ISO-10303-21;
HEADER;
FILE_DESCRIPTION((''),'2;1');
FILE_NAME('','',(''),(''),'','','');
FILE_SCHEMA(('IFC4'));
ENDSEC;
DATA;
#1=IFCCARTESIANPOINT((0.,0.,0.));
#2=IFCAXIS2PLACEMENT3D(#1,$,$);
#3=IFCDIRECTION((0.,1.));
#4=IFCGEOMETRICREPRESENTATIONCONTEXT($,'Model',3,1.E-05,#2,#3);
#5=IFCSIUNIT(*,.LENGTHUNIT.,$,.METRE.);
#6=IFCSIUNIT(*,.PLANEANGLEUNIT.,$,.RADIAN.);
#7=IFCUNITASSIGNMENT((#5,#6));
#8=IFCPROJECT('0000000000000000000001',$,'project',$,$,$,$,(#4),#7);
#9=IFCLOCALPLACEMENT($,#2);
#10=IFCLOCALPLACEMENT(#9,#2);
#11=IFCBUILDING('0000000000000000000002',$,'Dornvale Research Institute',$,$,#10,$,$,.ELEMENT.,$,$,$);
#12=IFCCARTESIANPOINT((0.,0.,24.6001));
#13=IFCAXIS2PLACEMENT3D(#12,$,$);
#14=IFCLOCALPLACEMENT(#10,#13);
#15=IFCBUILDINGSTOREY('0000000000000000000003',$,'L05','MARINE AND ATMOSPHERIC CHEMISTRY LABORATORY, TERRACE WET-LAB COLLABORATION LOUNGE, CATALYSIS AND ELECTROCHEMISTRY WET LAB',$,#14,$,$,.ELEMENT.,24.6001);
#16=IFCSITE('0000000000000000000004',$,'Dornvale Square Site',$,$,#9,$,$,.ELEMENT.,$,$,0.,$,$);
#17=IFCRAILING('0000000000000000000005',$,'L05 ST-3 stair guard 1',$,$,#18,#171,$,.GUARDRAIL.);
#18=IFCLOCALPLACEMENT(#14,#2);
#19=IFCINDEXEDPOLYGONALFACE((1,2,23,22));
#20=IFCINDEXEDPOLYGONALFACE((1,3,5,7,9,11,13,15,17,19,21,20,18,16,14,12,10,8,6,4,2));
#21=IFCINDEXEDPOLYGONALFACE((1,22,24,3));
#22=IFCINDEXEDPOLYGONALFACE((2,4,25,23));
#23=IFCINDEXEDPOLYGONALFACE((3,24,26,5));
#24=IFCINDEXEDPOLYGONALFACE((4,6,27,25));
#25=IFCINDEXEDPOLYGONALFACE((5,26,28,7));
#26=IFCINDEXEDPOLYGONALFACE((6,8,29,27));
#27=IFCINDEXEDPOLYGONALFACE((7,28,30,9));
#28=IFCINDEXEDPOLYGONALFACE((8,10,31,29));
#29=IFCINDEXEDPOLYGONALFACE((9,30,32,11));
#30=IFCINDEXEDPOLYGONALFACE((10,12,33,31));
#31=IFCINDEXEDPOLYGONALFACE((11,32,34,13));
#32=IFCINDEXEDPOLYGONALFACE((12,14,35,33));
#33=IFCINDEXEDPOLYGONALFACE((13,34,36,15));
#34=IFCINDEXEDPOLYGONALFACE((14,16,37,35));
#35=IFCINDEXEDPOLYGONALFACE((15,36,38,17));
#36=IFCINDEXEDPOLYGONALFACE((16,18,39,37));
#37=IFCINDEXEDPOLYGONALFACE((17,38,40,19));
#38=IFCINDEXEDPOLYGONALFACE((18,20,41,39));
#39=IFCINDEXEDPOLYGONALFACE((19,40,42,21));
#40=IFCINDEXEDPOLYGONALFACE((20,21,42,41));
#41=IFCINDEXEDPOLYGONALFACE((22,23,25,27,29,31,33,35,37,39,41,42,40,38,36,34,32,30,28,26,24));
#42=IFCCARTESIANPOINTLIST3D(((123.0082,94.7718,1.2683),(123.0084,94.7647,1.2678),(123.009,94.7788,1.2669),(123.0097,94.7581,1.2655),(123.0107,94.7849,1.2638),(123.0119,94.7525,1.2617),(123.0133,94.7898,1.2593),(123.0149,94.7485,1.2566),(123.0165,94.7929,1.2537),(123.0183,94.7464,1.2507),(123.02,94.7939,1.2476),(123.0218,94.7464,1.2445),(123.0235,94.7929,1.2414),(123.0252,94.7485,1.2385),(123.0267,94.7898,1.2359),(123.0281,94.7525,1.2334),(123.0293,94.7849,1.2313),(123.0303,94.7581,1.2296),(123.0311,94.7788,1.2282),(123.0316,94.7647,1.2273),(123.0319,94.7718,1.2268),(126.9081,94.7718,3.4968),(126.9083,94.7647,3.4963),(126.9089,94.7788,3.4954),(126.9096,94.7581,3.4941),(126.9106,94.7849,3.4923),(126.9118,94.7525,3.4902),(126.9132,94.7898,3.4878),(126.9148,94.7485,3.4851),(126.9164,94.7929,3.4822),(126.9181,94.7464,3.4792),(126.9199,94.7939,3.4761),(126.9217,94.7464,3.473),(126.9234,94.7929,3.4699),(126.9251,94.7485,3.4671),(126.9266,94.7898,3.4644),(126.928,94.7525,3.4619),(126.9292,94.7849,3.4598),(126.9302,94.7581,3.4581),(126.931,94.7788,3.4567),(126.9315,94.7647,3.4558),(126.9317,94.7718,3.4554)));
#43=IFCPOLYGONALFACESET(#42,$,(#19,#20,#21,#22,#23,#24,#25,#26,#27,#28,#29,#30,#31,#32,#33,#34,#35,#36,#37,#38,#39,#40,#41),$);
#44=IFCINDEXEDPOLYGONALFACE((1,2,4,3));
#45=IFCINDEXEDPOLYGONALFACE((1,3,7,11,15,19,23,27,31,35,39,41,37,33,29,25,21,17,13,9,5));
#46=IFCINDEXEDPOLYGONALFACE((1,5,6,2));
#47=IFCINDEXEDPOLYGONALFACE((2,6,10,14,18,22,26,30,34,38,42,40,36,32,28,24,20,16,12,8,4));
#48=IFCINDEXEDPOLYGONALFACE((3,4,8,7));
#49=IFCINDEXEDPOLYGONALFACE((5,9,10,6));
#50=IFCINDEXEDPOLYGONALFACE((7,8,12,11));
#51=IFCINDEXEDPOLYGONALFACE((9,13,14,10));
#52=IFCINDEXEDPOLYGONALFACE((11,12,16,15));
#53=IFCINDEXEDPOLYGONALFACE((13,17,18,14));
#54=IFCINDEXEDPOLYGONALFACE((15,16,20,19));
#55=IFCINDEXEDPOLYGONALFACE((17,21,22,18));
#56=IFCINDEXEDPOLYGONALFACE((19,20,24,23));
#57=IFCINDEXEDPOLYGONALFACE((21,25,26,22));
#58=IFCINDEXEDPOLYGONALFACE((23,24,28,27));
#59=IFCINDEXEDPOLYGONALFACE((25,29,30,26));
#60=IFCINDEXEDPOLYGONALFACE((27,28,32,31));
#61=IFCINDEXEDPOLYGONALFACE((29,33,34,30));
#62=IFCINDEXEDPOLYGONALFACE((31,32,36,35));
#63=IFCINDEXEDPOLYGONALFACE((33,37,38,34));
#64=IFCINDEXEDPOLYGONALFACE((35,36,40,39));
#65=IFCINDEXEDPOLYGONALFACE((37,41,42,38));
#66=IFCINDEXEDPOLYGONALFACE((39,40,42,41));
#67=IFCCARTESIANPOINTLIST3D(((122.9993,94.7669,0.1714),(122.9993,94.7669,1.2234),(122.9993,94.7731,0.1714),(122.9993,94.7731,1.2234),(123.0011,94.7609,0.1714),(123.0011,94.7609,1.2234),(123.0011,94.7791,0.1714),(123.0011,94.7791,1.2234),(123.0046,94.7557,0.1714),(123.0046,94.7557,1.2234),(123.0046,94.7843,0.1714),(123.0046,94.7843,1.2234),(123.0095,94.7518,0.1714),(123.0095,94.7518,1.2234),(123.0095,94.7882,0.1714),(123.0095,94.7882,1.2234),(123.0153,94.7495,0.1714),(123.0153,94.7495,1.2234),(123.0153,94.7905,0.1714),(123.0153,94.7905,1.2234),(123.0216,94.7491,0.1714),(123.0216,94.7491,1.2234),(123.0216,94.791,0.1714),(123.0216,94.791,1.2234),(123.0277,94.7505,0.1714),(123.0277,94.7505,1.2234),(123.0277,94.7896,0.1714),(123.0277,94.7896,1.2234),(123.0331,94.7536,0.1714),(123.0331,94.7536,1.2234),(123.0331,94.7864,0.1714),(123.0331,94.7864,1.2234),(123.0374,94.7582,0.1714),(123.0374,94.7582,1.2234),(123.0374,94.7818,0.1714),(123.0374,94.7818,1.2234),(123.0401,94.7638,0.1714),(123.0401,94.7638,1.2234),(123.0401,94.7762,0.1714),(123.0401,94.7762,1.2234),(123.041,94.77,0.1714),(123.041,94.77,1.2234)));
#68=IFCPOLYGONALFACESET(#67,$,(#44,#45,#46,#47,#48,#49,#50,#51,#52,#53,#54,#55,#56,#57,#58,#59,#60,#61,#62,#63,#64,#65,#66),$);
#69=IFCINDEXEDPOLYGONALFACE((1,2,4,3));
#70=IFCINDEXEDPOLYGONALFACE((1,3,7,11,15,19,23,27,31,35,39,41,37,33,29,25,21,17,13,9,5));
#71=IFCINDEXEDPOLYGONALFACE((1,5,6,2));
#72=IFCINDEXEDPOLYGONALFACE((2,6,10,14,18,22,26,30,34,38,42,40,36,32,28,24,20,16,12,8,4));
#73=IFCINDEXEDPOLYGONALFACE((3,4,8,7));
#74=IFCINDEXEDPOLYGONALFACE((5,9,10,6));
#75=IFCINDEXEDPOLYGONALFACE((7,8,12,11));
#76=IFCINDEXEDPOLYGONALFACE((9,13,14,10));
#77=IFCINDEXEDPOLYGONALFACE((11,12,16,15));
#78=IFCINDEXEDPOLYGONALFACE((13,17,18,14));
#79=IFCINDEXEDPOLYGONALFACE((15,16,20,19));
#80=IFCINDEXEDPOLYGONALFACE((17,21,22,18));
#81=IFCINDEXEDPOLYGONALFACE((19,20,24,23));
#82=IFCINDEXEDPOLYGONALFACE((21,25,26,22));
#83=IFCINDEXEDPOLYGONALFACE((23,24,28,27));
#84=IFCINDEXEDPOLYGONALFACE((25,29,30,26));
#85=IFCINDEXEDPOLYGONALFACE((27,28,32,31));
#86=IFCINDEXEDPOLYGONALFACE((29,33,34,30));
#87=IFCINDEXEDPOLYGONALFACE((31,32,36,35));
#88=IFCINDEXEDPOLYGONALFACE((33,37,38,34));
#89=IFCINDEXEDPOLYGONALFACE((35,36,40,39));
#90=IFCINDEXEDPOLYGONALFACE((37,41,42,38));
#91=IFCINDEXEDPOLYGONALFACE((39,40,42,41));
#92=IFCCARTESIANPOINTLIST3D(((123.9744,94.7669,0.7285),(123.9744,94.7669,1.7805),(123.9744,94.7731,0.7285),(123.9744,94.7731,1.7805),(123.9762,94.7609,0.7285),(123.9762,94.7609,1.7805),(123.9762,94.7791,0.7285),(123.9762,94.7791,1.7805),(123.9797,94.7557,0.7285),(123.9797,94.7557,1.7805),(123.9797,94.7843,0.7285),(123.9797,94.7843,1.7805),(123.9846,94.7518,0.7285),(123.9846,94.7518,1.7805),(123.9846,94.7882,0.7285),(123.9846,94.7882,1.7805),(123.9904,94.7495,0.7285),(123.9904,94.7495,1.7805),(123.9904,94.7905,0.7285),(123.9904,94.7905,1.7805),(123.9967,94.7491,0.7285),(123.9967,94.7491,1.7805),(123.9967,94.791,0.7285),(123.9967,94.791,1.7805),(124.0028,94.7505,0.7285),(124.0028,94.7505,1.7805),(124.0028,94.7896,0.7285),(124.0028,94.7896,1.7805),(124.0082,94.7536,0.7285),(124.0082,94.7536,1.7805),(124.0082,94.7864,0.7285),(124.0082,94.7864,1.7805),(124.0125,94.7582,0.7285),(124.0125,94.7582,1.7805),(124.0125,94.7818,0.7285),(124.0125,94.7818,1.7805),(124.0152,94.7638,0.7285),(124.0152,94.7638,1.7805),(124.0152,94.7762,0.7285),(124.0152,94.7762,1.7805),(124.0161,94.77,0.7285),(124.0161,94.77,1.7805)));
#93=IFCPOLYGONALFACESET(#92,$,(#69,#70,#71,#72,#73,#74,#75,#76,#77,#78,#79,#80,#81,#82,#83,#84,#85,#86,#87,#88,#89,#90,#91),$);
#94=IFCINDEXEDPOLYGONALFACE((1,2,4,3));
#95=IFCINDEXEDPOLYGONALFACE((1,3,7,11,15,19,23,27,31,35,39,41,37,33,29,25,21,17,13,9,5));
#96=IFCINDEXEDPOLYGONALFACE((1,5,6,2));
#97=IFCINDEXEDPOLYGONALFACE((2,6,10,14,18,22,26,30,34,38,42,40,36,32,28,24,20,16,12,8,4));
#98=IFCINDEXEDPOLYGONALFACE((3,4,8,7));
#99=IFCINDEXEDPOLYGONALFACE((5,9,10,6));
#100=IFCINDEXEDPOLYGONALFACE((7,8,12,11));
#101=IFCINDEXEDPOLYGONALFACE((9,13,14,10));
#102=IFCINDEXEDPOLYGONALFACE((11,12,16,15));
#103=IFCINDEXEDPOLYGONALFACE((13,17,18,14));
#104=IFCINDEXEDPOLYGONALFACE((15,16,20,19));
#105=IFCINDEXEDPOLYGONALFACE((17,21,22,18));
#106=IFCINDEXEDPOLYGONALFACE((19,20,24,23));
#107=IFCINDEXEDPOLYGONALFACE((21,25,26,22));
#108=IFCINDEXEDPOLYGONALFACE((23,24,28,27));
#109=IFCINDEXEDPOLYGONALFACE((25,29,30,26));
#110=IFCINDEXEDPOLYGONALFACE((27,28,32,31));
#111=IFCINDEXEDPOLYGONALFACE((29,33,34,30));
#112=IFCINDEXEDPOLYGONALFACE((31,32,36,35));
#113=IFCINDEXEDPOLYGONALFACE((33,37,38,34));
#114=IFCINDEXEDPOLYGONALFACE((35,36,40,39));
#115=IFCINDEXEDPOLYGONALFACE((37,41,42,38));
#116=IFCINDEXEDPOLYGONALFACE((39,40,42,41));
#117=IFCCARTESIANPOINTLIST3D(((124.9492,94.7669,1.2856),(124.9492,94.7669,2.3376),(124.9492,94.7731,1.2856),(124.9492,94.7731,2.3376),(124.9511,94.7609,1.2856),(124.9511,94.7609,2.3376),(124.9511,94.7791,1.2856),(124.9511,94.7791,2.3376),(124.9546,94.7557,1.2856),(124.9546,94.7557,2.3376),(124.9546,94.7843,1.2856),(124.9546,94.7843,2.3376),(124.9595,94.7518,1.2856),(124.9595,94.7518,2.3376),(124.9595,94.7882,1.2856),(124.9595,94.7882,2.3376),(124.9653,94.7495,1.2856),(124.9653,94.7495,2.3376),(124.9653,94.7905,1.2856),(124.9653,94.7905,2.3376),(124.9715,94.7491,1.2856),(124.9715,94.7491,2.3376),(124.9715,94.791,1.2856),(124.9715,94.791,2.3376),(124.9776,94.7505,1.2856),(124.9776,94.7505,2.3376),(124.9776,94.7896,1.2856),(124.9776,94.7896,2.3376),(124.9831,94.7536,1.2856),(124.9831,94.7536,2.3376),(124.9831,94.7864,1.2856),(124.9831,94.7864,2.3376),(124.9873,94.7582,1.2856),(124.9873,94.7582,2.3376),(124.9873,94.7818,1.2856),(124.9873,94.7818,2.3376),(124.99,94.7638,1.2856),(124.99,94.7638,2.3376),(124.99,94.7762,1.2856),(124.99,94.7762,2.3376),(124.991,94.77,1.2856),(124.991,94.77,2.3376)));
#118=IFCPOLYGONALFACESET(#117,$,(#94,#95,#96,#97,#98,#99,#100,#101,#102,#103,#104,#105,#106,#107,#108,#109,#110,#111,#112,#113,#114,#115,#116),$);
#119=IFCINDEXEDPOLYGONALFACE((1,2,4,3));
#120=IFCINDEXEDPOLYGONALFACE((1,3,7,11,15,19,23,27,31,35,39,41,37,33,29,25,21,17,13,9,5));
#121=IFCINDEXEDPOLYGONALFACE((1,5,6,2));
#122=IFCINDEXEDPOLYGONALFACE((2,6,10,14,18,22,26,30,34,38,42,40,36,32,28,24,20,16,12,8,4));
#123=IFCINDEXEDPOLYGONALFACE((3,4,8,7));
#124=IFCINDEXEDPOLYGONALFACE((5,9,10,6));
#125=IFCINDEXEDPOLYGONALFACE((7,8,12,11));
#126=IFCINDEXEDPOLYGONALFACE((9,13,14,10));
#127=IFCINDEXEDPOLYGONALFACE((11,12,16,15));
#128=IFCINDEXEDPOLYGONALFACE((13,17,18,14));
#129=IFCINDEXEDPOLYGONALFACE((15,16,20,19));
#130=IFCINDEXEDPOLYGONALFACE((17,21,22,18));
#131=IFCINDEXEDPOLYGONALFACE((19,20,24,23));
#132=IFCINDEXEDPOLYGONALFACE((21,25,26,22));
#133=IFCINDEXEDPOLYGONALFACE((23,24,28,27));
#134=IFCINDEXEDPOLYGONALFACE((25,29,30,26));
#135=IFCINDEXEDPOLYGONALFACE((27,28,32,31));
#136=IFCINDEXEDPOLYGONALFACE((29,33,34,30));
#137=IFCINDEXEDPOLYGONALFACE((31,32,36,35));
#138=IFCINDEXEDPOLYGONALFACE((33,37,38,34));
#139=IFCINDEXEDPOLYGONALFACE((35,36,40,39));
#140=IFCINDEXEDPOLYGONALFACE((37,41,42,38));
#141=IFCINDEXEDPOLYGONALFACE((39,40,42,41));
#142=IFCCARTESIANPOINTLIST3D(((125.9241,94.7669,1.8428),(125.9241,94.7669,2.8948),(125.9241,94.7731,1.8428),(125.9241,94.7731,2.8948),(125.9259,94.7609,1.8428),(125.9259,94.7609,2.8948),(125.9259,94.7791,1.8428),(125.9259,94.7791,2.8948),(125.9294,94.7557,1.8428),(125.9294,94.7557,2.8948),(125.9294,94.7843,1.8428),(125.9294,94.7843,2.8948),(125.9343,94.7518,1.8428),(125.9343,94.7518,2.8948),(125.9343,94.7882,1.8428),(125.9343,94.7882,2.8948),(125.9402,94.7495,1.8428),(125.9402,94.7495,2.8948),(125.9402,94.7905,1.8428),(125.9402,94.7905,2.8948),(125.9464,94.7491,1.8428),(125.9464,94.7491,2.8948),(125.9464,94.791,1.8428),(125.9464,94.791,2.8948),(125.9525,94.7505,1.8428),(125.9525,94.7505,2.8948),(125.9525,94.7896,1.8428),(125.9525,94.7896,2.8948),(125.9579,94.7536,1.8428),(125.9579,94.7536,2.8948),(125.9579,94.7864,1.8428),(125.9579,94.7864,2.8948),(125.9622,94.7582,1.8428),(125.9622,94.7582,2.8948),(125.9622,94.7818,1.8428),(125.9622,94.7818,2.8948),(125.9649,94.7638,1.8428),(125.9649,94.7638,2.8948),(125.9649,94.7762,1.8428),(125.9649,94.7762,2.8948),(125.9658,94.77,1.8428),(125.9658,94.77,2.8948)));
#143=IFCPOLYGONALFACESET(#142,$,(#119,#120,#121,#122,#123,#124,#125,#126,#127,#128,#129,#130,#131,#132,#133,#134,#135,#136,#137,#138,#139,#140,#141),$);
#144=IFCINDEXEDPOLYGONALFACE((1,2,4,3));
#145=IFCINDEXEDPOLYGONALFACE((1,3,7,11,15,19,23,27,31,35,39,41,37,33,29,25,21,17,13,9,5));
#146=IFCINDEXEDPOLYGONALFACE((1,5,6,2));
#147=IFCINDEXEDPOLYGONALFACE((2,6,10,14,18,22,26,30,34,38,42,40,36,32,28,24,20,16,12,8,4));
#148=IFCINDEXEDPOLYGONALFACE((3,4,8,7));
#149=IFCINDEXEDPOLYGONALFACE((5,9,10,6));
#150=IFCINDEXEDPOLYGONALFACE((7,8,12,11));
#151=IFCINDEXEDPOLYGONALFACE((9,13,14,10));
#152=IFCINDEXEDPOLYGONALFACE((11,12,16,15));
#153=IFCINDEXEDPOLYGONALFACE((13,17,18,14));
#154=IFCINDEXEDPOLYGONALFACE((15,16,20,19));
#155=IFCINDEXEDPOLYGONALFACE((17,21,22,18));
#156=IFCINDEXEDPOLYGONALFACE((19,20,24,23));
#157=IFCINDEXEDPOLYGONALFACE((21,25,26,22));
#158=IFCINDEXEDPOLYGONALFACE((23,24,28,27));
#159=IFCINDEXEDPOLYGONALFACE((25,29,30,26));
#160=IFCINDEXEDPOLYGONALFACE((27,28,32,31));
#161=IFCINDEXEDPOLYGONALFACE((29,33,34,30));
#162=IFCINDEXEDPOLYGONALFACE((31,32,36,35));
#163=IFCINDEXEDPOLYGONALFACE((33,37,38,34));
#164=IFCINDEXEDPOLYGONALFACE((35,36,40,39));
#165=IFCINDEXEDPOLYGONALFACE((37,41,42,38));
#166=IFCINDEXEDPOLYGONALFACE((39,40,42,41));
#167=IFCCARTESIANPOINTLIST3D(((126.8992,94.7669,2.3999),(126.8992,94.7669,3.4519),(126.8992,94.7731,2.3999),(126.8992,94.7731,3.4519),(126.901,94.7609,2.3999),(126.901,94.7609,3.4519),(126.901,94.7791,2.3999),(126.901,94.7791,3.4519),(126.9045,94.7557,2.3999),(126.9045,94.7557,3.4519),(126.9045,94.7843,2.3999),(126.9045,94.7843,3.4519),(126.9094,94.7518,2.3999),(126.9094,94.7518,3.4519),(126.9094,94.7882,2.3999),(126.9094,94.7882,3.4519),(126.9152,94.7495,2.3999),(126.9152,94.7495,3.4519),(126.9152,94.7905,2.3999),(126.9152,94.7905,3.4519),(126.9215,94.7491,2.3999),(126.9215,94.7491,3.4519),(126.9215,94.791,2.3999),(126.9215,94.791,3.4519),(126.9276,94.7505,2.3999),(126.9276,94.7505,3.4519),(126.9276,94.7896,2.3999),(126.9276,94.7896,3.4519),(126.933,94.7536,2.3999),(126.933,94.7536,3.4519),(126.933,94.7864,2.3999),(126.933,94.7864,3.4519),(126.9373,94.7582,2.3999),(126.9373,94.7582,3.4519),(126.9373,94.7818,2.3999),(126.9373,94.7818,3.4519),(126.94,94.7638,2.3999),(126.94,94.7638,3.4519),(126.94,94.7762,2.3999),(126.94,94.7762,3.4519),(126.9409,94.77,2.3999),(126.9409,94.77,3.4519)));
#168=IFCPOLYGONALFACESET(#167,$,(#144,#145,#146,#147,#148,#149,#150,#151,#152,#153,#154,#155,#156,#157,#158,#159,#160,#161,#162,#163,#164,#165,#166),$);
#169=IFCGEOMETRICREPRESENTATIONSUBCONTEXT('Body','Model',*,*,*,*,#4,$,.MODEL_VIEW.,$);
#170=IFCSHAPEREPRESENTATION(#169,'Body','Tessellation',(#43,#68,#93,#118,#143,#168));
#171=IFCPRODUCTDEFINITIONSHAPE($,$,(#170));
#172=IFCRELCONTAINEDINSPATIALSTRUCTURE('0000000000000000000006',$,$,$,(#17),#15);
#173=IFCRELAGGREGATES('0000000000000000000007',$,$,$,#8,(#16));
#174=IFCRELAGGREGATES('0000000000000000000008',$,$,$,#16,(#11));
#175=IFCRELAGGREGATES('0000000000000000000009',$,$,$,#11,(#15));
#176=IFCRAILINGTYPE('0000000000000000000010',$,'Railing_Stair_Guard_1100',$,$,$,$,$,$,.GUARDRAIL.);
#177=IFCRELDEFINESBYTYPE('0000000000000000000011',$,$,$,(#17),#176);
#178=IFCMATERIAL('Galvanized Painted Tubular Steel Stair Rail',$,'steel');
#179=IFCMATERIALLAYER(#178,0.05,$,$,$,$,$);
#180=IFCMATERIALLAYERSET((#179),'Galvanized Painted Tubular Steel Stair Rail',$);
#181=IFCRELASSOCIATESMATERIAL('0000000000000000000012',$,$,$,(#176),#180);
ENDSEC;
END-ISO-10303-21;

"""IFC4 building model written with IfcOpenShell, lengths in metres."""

from ifc_helpers import new_model, si_unit, direction, frame, origin, origin_2d, place, context, subcontext, project, spatial, circle, extrude, material, layer, layer_set, type_object, element, save


model = new_model("IFC4")

# Units and contexts
model_context = context("Model", 3, precision=1e-05, world=origin(), true_north=direction((0.0, 1.0)))
body_context = subcontext(model_context, "Body", "Model", "MODEL_VIEW")
ifc_project = project(units=[si_unit("LENGTHUNIT", "METRE"), si_unit("PLANEANGLEUNIT", "RADIAN")], contexts=[model_context])

# Site, building, storey
site_placement = place(None, origin())
site = spatial("IfcSite", under=ifc_project, at=site_placement, Name="Dornvale Square Site", CompositionType="ELEMENT", RefElevation=0.0)
building_placement = place(site_placement, origin())
building = spatial("IfcBuilding", under=site, at=building_placement, Name="Dornvale Research Institute", CompositionType="ELEMENT")
storey_placement = place(building_placement, frame((0.0, 0.0, 24.6001)))
storey = spatial("IfcBuildingStorey", under=building, at=storey_placement, Name="L05", Description="MARINE AND ATMOSPHERIC CHEMISTRY LABORATORY, TERRACE WET-LAB COLLABORATION LOUNGE, CATALYSIS AND ELECTROCHEMISTRY WET LAB", CompositionType="ELEMENT", Elevation=24.6001)

# Railing
ifc_material_1 = material(Name="Galvanized Painted Tubular Steel Stair Rail", Category="steel")
ifc_layer_1 = layer(ifc_material_1, 0.05)
ifc_layer_set_1 = layer_set([ifc_layer_1], Name="Galvanized Painted Tubular Steel Stair Rail")
railing_type_1 = type_object("IfcRailingType", Name="Railing_Stair_Guard_1100", PredefinedType="GUARDRAIL", material=ifc_layer_set_1)
railing_1_placement = place(storey_placement, frame((123.02, 94.77, 0.1714)))
element("IfcRailing", 1, at=railing_1_placement, inside=storey, type_object=railing_type_1, Name="L05 ST-3 stair guard 1", PredefinedType="GUARDRAIL", context=body_context, shape_type="SweptSolid", body=[
    extrude(circle(Radius=0.0239, at=origin_2d()), frame((0.0, 0.0, 1.0762), z_axis=(0.868243, 0.0, 0.496139), x_axis=(0.0, 1.0, 0.0)), (0.0, 0.0, 1.0), 4.4917),
    extrude(circle(Radius=0.021, at=origin_2d()), origin(), (0.0, 0.0, 1.0), 1.052),
    extrude(circle(Radius=0.021, at=origin_2d()), frame((0.9751, 0.0, 0.5571)), (0.0, 0.0, 1.0), 1.052),
    extrude(circle(Radius=0.021, at=origin_2d()), frame((1.95, 0.0, 1.1143)), (0.0, 0.0, 1.0), 1.052),
    extrude(circle(Radius=0.021, at=origin_2d()), frame((2.9248, 0.0, 1.6714)), (0.0, 0.0, 1.0), 1.052),
    extrude(circle(Radius=0.021, at=origin_2d()), frame((3.8999, 0.0, 2.2285)), (0.0, 0.0, 1.0), 1.052),
])

save(model, "model.ifc")
